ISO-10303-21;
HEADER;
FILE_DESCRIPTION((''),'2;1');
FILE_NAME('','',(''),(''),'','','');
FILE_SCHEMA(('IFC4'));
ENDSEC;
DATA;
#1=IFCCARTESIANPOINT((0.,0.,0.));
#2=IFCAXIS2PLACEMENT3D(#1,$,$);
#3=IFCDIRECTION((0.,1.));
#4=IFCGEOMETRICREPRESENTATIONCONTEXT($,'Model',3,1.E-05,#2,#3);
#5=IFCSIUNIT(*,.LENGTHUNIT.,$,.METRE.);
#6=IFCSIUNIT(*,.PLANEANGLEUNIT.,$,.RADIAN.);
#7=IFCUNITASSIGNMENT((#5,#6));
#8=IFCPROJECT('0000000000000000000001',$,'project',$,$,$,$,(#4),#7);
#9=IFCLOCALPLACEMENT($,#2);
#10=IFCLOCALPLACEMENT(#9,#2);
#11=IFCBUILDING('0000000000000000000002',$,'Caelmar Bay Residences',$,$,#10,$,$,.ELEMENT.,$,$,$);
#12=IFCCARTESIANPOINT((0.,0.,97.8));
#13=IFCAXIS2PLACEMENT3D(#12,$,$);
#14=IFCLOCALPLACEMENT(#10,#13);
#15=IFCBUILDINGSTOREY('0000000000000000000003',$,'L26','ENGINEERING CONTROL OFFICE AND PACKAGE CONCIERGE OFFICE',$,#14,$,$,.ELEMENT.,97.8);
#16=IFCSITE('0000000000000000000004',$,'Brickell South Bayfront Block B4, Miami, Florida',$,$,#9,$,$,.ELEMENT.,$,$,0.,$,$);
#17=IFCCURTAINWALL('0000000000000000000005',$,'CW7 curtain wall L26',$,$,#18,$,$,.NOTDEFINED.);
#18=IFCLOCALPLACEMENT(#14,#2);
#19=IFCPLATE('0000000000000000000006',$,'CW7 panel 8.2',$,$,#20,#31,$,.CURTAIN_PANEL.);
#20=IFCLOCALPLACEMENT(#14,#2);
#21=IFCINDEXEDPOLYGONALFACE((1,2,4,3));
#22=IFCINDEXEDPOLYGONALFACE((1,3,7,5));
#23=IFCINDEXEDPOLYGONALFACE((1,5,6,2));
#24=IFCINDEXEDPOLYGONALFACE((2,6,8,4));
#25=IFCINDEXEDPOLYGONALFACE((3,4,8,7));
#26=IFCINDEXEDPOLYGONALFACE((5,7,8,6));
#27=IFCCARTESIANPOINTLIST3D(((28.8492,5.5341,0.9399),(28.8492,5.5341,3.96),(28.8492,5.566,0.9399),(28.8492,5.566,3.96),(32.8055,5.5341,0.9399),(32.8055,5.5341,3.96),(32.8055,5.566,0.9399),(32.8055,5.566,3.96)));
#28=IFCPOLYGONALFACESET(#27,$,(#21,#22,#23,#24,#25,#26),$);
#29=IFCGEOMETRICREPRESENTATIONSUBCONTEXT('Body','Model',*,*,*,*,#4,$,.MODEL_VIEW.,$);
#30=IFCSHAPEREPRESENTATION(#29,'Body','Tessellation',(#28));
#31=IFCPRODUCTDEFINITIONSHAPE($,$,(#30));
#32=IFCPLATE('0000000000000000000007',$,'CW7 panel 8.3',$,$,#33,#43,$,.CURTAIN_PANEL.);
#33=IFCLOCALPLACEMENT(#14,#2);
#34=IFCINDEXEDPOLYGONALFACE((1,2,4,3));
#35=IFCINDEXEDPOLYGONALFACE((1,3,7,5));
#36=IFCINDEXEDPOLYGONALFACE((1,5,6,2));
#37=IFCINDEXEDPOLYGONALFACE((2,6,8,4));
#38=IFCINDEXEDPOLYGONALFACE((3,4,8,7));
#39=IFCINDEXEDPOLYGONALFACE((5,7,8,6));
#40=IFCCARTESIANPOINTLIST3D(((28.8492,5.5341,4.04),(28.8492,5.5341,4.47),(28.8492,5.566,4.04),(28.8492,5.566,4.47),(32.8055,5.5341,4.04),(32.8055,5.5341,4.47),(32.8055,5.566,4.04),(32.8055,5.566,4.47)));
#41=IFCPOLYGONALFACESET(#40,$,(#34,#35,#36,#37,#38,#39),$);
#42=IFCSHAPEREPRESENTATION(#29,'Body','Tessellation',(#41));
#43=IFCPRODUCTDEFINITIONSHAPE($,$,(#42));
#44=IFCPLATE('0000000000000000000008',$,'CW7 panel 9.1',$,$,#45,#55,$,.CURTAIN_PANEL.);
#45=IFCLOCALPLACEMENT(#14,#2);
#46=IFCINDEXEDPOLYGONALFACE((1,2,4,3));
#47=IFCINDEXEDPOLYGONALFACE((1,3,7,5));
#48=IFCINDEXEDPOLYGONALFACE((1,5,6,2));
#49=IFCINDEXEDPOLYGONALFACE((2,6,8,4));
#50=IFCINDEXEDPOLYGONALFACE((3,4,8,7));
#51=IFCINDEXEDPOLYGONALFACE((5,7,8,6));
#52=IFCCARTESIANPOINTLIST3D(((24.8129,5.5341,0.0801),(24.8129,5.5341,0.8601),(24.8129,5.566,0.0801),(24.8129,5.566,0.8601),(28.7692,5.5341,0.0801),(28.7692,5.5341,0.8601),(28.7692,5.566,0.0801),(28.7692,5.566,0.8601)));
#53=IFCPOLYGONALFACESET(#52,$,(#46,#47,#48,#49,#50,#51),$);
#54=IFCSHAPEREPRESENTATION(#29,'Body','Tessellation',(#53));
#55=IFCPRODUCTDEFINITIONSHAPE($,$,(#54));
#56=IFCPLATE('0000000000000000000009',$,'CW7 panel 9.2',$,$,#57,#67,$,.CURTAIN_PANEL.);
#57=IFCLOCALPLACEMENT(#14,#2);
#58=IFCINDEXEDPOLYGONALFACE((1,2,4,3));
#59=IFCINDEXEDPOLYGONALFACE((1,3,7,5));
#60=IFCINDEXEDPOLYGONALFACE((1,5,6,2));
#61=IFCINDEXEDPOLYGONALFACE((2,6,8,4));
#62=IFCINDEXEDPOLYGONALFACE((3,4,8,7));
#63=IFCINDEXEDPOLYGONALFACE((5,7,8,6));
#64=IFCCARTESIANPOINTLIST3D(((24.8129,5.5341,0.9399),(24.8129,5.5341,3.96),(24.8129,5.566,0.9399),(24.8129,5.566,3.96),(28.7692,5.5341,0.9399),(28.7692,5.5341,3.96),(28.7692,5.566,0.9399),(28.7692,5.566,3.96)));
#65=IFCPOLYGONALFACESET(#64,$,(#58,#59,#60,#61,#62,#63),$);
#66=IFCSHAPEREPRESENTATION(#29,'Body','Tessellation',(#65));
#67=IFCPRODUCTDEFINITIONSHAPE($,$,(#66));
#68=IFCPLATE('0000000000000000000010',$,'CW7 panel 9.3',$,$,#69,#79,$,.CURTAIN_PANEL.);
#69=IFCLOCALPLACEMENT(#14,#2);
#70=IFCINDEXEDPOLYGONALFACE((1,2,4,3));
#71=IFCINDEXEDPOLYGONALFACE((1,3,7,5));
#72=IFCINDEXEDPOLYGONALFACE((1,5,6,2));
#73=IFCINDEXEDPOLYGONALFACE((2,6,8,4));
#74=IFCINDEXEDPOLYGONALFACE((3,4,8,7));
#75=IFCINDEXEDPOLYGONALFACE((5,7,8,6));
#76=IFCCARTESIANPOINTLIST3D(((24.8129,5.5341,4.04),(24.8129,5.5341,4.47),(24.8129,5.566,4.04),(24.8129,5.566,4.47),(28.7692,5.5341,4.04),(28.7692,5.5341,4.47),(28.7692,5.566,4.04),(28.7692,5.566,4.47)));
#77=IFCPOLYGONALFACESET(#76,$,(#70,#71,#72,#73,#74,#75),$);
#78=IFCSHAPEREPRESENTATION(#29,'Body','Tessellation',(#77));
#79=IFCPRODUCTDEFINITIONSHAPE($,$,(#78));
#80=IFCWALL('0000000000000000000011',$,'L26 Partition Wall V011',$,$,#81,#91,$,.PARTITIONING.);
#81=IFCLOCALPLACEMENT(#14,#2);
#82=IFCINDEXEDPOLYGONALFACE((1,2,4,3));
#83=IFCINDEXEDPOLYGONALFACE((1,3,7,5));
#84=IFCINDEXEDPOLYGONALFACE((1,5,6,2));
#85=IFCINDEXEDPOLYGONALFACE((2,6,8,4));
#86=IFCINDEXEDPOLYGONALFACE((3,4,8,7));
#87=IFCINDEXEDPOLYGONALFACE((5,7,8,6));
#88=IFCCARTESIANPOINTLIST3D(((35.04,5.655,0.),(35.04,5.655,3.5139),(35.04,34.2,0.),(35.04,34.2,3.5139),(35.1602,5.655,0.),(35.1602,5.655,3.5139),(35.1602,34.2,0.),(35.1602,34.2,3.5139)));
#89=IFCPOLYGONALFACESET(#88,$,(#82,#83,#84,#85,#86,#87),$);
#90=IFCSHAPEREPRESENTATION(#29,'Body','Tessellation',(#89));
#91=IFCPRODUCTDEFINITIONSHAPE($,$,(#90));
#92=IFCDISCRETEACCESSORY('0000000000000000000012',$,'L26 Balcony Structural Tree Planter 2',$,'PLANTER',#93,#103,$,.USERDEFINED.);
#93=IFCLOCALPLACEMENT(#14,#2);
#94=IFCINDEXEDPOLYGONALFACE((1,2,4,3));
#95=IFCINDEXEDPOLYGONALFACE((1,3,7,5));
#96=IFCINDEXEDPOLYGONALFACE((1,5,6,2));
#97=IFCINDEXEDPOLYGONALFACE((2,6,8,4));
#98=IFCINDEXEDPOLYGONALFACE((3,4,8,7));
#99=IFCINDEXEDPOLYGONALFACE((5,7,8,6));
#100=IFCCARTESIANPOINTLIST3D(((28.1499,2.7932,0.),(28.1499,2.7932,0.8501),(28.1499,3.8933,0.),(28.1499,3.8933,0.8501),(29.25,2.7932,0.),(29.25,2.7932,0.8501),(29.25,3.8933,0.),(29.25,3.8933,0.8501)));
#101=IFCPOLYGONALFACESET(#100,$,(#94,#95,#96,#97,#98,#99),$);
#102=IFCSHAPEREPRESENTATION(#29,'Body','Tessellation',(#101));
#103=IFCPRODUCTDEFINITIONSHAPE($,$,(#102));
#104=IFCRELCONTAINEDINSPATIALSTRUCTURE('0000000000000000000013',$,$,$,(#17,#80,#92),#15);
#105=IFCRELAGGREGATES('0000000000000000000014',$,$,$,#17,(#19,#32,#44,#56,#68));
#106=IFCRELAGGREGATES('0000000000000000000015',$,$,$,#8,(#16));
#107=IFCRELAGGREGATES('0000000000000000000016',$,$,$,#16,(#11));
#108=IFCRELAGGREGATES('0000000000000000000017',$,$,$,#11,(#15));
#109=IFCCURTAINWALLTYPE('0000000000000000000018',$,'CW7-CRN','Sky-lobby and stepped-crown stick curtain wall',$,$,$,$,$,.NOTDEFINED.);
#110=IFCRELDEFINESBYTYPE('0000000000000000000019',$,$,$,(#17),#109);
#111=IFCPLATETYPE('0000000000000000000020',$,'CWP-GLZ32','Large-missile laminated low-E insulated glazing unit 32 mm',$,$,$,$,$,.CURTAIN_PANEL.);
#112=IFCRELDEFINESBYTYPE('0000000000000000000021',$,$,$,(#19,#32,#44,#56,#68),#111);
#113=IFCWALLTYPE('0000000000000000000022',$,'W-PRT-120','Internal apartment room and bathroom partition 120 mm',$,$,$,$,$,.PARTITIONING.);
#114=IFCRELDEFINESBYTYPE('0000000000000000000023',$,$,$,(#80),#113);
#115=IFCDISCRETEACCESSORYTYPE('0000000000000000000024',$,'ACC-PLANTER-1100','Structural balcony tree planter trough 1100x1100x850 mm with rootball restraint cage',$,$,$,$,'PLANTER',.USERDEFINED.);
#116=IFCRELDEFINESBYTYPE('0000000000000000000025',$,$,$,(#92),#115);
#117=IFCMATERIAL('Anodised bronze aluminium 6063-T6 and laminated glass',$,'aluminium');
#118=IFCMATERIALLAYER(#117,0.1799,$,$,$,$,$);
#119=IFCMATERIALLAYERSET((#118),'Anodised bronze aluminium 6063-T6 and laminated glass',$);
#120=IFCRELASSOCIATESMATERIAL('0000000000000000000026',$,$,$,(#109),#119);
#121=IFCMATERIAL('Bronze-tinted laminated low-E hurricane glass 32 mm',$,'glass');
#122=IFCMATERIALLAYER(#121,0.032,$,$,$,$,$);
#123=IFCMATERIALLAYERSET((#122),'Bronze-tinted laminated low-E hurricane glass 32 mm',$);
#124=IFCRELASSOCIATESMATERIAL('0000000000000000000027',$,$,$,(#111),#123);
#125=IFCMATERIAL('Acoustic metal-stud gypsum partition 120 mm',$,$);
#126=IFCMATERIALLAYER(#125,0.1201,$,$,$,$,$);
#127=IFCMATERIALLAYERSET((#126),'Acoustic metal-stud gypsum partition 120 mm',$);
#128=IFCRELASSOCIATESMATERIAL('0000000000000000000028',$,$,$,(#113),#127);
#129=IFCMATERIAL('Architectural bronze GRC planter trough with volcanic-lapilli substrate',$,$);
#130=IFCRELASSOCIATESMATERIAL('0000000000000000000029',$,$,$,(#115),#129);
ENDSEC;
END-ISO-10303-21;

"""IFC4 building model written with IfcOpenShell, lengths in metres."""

from ifc_helpers import new_model, si_unit, direction, frame, frame_2d, origin, origin_2d, place, context, subcontext, project, spatial, rectangle, extrude, material, layer, layer_set, type_object, element, aggregate, save


model = new_model("IFC4")

# Units and contexts
model_context = context("Model", 3, precision=1e-05, world=origin(), true_north=direction((0.0, 1.0)))
body_context = subcontext(model_context, "Body", "Model", "MODEL_VIEW")
ifc_project = project(units=[si_unit("LENGTHUNIT", "METRE"), si_unit("PLANEANGLEUNIT", "RADIAN")], contexts=[model_context])

# Site, building, storey
site_placement = place(None, origin())
site = spatial("IfcSite", under=ifc_project, at=site_placement, Name="Brickell South Bayfront Block B4, Miami, Florida", CompositionType="ELEMENT", RefElevation=0.0)
building_placement = place(site_placement, origin())
building = spatial("IfcBuilding", under=site, at=building_placement, Name="Caelmar Bay Residences", CompositionType="ELEMENT")
storey_placement = place(building_placement, frame((0.0, 0.0, 97.8)))
storey = spatial("IfcBuildingStorey", under=building, at=storey_placement, Name="L26", Description="ENGINEERING CONTROL OFFICE AND PACKAGE CONCIERGE OFFICE", CompositionType="ELEMENT", Elevation=97.8)

# Curtain wall, plates
ifc_material_1 = material(Name="Anodised bronze aluminium 6063-T6 and laminated glass", Category="aluminium")
ifc_layer_1 = layer(ifc_material_1, 0.1799)
ifc_layer_set_1 = layer_set([ifc_layer_1], Name="Anodised bronze aluminium 6063-T6 and laminated glass")
curtain_wall_type = type_object("IfcCurtainWallType", Name="CW7-CRN", Description="Sky-lobby and stepped-crown stick curtain wall", PredefinedType="NOTDEFINED", material=ifc_layer_set_1)
curtain_wall_placement = place(storey_placement, origin())
curtain_wall = element("IfcCurtainWall", 1, at=curtain_wall_placement, inside=storey, type_object=curtain_wall_type, Name="CW7 curtain wall L26", PredefinedType="NOTDEFINED")
ifc_material_2 = material(Name="Bronze-tinted laminated low-E hurricane glass 32 mm", Category="glass")
ifc_layer_2 = layer(ifc_material_2, 0.032)
ifc_layer_set_2 = layer_set([ifc_layer_2], Name="Bronze-tinted laminated low-E hurricane glass 32 mm")
plate_type = type_object("IfcPlateType", Name="CWP-GLZ32", Description="Large-missile laminated low-E insulated glazing unit 32 mm", PredefinedType="CURTAIN_PANEL", material=ifc_layer_set_2)
plate_1_placement = place(storey_placement, frame((30.8274, 5.55, 0.9399), z_axis=(0.0, 0.0, 1.0), x_axis=(-1.0, 0.0, 0.0)))
plate_1 = element("IfcPlate", 2, at=plate_1_placement, type_object=plate_type, Name="CW7 panel 8.2", PredefinedType="CURTAIN_PANEL", context=body_context, shape_type="SweptSolid", body=[
    extrude(rectangle(XDim=3.9563, YDim=0.032, at=origin_2d()), origin(), (0.0, 0.0, 1.0), 3.02),
])
plate_2_placement = place(storey_placement, frame((30.8274, 5.55, 4.04), z_axis=(0.0, 0.0, 1.0), x_axis=(-1.0, 0.0, 0.0)))
plate_2 = element("IfcPlate", 3, at=plate_2_placement, type_object=plate_type, Name="CW7 panel 8.3", PredefinedType="CURTAIN_PANEL", context=body_context, shape_type="SweptSolid", body=[
    extrude(rectangle(XDim=3.9563, YDim=0.032, at=origin_2d()), origin(), (0.0, 0.0, 1.0), 0.4299),
])
plate_3_placement = place(storey_placement, frame((26.791, 5.55, 0.0801), z_axis=(0.0, 0.0, 1.0), x_axis=(-1.0, 0.0, 0.0)))
plate_3 = element("IfcPlate", 4, at=plate_3_placement, type_object=plate_type, Name="CW7 panel 9.1", PredefinedType="CURTAIN_PANEL", context=body_context, shape_type="SweptSolid", body=[
    extrude(rectangle(XDim=3.9563, YDim=0.032, at=origin_2d()), origin(), (0.0, 0.0, 1.0), 0.78),
])
plate_4_placement = place(storey_placement, frame((26.791, 5.55, 0.9399), z_axis=(0.0, 0.0, 1.0), x_axis=(-1.0, 0.0, 0.0)))
plate_4 = element("IfcPlate", 5, at=plate_4_placement, type_object=plate_type, Name="CW7 panel 9.2", PredefinedType="CURTAIN_PANEL", context=body_context, shape_type="SweptSolid", body=[
    extrude(rectangle(XDim=3.9563, YDim=0.032, at=origin_2d()), origin(), (0.0, 0.0, 1.0), 3.02),
])
plate_5_placement = place(storey_placement, frame((26.791, 5.55, 4.04), z_axis=(0.0, 0.0, 1.0), x_axis=(-1.0, 0.0, 0.0)))
plate_5 = element("IfcPlate", 6, at=plate_5_placement, type_object=plate_type, Name="CW7 panel 9.3", PredefinedType="CURTAIN_PANEL", context=body_context, shape_type="SweptSolid", body=[
    extrude(rectangle(XDim=3.9563, YDim=0.032, at=origin_2d()), origin(), (0.0, 0.0, 1.0), 0.4299),
])
aggregate(curtain_wall, [plate_1, plate_2, plate_3, plate_4, plate_5])

# Wall
ifc_material_3 = material(Name="Acoustic metal-stud gypsum partition 120 mm")
ifc_layer_3 = layer(ifc_material_3, 0.1201)
ifc_layer_set_3 = layer_set([ifc_layer_3], Name="Acoustic metal-stud gypsum partition 120 mm")
wall_type = type_object("IfcWallType", Name="W-PRT-120", Description="Internal apartment room and bathroom partition 120 mm", PredefinedType="PARTITIONING", material=ifc_layer_set_3)
wall_placement = place(storey_placement, frame((35.1001, 5.655, 0.0), z_axis=(0.0, 0.0, 1.0), x_axis=(0.0, 1.0, 0.0)))
element("IfcWall", 7, at=wall_placement, inside=storey, type_object=wall_type, Name="L26 Partition Wall V011", PredefinedType="PARTITIONING", context=body_context, shape_type="SweptSolid", body=[
    extrude(rectangle(XDim=28.5449, YDim=0.1201, at=frame_2d((14.2725, 0.0))), origin(), (0.0, 0.0, 1.0), 3.5139),
])

# Discrete accessory
ifc_material_4 = material(Name="Architectural bronze GRC planter trough with volcanic-lapilli substrate")
discrete_accessory_type = type_object("IfcDiscreteAccessoryType", Name="ACC-PLANTER-1100", Description="Structural balcony tree planter trough 1100x1100x850 mm with rootball restraint cage", ElementType="PLANTER", PredefinedType="USERDEFINED", material=ifc_material_4)
discrete_accessory_placement = place(storey_placement, frame((28.7, 3.3433, 0.0), z_axis=(0.0, 0.0, 1.0), x_axis=(1.0, 0.0, 0.0)))
element("IfcDiscreteAccessory", 8, at=discrete_accessory_placement, inside=storey, type_object=discrete_accessory_type, Name="L26 Balcony Structural Tree Planter 2", ObjectType="PLANTER", PredefinedType="USERDEFINED", context=body_context, shape_type="SweptSolid", body=[
    extrude(rectangle(XDim=1.1001, YDim=1.1001, at=origin_2d()), origin(), (0.0, 0.0, 1.0), 0.8501),
])

save(model, "model.ifc")
